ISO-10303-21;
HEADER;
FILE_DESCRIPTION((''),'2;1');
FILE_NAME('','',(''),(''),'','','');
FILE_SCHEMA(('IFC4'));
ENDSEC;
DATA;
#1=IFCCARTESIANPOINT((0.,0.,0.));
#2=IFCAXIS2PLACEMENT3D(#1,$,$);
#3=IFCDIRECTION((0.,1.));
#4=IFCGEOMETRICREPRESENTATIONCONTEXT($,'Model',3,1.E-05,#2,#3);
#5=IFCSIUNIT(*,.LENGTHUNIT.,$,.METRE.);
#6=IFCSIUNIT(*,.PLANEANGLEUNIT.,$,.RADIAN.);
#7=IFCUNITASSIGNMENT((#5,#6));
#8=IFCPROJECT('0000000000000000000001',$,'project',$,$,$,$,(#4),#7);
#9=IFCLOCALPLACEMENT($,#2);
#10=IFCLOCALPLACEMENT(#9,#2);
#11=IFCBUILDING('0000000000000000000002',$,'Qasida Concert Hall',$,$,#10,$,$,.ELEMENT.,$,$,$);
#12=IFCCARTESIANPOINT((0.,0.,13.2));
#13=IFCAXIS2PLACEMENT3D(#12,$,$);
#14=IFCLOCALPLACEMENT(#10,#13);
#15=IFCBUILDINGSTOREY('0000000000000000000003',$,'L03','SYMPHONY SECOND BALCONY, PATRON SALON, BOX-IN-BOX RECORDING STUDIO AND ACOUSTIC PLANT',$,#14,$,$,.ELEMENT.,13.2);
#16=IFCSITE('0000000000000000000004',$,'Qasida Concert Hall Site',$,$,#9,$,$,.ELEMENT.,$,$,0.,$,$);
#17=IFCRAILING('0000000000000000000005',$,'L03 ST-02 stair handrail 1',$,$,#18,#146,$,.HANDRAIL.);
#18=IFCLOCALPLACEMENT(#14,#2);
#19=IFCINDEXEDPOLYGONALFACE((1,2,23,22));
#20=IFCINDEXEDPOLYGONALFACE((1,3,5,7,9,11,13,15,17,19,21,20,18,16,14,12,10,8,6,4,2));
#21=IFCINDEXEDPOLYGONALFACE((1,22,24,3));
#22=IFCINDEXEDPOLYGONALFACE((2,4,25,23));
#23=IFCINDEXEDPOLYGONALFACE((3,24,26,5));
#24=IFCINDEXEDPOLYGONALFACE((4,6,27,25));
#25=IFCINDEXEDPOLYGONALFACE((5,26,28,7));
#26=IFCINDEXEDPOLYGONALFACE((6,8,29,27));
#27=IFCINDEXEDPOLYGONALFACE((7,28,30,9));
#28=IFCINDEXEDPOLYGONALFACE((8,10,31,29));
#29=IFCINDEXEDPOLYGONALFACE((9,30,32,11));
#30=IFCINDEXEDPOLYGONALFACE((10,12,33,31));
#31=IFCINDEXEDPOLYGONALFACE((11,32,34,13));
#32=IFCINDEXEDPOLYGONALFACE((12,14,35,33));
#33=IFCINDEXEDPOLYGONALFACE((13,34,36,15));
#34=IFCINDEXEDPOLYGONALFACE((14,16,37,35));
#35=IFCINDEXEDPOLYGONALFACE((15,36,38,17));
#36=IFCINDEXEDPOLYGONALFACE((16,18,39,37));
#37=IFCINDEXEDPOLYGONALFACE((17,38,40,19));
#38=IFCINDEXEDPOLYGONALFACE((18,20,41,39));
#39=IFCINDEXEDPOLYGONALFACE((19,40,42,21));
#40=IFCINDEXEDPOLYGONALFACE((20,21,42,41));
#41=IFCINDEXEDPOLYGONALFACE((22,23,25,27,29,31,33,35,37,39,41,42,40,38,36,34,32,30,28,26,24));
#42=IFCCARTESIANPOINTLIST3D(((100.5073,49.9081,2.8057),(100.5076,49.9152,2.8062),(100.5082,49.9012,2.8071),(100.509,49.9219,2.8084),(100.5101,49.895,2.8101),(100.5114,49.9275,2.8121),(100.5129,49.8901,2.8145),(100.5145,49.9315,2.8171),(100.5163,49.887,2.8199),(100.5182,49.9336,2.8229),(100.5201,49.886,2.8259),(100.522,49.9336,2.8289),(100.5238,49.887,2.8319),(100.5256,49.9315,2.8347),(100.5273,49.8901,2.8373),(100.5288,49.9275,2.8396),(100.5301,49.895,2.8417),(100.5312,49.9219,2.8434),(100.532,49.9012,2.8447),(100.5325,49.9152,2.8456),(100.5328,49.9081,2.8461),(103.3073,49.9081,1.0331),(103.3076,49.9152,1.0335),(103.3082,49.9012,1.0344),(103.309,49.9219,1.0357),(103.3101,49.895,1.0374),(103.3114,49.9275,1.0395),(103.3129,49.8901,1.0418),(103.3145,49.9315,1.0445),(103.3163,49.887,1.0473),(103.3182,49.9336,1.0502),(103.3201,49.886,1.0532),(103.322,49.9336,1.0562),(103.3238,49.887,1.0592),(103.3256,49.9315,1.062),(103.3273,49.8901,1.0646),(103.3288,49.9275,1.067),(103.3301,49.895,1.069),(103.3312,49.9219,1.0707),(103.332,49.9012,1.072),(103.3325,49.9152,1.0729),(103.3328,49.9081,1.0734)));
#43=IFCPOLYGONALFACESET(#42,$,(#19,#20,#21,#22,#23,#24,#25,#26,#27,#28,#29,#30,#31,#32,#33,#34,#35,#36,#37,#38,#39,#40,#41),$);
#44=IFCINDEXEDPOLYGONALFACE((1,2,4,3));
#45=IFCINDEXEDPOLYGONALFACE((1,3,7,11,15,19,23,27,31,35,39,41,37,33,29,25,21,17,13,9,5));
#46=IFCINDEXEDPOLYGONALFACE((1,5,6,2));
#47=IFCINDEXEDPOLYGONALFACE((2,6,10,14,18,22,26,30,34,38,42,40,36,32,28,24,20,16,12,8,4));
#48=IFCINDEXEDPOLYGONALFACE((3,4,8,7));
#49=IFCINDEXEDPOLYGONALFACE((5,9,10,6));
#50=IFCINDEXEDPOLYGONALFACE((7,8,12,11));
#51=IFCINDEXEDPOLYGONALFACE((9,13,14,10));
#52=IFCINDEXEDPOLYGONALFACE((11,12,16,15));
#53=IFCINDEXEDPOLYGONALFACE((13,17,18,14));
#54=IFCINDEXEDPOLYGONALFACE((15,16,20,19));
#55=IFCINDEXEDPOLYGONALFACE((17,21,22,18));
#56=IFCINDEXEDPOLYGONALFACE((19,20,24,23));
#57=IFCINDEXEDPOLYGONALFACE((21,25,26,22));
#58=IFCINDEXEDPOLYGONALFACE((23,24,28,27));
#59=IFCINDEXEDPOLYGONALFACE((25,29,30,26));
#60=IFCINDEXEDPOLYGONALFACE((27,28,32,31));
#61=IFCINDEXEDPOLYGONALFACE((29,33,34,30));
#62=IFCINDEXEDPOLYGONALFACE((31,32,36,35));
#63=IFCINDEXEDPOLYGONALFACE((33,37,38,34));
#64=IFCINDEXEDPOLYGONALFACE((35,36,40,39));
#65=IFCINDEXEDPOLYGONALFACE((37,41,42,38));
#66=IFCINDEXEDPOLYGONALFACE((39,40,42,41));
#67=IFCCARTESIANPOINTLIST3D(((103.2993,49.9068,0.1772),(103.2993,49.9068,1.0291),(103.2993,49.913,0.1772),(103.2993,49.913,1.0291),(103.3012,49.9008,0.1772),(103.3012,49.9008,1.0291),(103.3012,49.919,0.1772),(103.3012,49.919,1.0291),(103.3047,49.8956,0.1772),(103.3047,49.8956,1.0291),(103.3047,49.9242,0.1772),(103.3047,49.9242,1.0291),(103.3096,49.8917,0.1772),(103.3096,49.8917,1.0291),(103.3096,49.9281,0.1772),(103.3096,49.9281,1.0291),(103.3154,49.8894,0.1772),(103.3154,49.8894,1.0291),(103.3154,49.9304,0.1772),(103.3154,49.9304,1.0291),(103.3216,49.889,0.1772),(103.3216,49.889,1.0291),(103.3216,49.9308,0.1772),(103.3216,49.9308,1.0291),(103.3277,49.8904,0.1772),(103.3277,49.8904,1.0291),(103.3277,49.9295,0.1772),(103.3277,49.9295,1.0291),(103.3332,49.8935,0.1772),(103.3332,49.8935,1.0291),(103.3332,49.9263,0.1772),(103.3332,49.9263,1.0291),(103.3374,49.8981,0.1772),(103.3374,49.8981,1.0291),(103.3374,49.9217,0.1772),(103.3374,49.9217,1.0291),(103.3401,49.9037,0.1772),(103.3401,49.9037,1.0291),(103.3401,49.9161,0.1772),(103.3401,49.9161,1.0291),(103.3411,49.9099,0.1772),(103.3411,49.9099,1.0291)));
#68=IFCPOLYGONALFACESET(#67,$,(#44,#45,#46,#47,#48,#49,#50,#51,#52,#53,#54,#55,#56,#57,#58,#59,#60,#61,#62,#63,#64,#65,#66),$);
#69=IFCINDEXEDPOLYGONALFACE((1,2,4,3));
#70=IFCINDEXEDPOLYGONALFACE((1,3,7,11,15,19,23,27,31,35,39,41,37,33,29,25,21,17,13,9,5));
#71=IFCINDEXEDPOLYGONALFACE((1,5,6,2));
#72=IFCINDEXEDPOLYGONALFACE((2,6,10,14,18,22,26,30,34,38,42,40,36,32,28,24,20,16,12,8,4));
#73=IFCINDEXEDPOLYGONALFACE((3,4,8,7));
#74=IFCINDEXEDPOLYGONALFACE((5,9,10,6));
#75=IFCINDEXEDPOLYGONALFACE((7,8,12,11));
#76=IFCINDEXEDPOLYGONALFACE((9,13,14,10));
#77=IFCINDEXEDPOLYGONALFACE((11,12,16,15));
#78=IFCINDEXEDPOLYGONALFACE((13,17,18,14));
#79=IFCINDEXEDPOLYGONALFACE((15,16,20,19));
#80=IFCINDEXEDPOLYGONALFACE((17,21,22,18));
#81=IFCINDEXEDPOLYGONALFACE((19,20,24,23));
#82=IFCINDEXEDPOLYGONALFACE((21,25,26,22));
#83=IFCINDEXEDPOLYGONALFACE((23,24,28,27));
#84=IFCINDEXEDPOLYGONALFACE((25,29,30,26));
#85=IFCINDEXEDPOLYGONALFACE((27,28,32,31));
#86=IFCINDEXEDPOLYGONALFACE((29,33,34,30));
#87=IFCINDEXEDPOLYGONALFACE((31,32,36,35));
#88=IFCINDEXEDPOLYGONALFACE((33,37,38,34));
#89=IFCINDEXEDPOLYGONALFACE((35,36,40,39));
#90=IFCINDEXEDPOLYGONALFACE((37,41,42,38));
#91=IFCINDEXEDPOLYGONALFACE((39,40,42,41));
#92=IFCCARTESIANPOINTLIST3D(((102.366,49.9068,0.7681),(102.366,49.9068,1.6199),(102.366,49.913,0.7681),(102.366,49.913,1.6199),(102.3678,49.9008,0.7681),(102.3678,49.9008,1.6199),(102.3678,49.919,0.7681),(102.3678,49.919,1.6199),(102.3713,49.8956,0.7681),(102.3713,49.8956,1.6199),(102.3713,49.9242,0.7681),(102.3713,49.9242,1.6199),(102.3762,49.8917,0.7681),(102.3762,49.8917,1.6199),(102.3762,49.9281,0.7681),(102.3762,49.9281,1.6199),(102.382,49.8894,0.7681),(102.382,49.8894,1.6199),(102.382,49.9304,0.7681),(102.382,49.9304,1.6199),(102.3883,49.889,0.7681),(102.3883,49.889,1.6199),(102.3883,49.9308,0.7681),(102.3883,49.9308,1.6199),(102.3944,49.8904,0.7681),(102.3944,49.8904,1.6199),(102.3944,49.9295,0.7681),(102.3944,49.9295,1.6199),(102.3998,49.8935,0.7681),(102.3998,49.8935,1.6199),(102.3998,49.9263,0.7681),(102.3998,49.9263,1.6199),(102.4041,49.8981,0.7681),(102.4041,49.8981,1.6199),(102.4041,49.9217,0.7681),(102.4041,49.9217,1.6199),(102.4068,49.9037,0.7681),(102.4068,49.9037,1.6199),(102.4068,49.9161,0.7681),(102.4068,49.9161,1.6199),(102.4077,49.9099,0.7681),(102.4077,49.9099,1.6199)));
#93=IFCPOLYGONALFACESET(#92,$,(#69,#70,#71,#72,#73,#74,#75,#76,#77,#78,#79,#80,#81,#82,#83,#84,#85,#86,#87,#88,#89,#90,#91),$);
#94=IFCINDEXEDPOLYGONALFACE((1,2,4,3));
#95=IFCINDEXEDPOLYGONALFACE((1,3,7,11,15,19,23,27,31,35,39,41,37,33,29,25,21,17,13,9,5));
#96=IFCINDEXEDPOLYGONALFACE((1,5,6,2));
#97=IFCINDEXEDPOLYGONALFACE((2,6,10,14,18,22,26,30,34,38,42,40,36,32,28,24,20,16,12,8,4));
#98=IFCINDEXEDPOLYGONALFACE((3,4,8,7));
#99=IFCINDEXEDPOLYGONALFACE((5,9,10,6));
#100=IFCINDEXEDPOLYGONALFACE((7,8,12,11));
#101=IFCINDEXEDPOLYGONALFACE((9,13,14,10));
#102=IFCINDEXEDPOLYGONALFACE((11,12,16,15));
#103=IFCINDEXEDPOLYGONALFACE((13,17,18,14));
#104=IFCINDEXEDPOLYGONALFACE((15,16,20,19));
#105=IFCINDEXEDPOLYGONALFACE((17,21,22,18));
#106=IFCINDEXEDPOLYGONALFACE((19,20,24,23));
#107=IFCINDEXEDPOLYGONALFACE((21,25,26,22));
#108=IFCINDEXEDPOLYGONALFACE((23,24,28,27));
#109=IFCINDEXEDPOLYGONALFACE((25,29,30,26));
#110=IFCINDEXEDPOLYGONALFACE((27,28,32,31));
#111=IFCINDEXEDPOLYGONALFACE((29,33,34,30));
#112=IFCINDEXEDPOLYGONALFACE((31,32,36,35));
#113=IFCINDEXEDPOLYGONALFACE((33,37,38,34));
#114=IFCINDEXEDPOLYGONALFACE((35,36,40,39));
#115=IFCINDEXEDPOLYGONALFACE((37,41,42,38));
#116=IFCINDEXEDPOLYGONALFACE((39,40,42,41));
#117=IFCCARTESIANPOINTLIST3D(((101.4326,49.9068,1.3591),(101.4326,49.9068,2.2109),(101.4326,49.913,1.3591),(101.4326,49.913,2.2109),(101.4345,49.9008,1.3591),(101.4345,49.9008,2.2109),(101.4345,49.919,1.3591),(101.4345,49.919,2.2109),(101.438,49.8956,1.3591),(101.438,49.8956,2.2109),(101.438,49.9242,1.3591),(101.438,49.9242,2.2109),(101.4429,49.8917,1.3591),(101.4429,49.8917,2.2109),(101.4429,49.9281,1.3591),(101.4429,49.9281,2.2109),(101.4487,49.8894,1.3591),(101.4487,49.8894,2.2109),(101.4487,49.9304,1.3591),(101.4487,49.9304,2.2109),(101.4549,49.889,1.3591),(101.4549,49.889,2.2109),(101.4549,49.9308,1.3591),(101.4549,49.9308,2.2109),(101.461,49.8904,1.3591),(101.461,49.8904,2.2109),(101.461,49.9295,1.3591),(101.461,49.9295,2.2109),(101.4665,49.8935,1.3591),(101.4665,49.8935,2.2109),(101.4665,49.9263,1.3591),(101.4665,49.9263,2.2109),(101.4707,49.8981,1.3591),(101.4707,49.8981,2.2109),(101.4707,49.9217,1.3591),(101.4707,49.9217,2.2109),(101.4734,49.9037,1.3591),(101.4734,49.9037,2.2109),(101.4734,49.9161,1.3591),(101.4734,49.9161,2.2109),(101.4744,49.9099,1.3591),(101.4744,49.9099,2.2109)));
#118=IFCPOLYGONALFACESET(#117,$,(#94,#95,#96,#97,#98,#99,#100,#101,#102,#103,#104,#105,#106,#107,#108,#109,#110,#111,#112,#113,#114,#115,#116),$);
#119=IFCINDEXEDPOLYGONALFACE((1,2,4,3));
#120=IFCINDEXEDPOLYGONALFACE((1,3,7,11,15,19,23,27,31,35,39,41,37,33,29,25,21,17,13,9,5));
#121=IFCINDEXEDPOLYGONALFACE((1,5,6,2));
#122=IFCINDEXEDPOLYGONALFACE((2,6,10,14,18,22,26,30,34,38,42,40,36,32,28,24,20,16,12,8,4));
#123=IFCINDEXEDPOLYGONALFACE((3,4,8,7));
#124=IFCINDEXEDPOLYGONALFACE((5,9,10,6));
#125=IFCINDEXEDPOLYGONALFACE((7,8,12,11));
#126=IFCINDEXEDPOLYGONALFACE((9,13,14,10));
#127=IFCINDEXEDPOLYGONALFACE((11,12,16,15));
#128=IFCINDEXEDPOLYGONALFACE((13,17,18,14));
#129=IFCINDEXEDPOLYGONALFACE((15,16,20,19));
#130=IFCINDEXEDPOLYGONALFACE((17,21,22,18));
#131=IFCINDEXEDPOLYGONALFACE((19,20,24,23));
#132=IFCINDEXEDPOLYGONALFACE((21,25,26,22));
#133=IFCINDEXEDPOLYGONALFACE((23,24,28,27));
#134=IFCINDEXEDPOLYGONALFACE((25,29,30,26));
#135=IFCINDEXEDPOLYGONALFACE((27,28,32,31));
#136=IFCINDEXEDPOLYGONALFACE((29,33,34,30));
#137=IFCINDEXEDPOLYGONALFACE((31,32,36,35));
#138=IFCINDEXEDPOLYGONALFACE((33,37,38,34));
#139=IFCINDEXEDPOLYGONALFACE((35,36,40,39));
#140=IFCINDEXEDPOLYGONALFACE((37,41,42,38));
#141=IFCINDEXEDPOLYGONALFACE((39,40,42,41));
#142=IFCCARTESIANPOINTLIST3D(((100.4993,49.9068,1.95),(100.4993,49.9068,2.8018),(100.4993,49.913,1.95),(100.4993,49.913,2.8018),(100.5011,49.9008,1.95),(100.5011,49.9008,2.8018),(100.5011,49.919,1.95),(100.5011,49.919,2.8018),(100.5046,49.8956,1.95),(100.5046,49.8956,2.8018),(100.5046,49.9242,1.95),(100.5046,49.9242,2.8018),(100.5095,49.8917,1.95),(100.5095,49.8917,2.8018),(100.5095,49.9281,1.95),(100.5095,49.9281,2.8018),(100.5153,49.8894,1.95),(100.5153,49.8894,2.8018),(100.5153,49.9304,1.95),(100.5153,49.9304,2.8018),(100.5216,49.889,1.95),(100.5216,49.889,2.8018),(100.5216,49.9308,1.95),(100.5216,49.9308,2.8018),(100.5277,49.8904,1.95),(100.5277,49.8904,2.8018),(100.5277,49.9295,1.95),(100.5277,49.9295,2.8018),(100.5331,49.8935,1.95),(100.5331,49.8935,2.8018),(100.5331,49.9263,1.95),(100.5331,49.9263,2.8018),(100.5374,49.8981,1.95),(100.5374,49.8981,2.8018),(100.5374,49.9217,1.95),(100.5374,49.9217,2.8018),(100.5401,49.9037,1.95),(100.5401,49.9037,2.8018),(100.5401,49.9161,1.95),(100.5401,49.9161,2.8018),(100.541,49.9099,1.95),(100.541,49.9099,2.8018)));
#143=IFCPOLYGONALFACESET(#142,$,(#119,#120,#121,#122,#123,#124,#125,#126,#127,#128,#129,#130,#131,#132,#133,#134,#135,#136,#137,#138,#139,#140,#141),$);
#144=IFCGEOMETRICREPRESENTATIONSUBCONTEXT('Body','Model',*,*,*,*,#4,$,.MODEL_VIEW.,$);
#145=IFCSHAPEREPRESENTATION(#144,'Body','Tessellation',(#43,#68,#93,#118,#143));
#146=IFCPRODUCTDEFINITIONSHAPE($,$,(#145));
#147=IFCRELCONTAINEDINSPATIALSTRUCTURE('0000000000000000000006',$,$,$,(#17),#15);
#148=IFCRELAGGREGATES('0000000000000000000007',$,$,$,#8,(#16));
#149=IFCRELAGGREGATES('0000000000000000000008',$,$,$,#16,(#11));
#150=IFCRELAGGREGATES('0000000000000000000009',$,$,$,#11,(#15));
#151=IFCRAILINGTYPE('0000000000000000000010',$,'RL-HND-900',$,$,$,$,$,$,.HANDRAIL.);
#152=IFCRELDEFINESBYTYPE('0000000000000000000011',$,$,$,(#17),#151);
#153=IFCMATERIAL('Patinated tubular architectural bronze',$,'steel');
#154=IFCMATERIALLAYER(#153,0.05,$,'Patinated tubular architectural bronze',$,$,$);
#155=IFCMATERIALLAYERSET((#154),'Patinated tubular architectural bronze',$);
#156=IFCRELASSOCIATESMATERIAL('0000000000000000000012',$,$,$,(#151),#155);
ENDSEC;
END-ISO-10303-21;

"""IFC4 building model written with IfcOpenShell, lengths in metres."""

from ifc_helpers import new_model, si_unit, direction, frame, origin, origin_2d, place, context, subcontext, project, spatial, circle, extrude, material, layer, layer_set, type_object, element, save


model = new_model("IFC4")

# Units and contexts
model_context = context("Model", 3, precision=1e-05, world=origin(), true_north=direction((0.0, 1.0)))
body_context = subcontext(model_context, "Body", "Model", "MODEL_VIEW")
ifc_project = project(units=[si_unit("LENGTHUNIT", "METRE"), si_unit("PLANEANGLEUNIT", "RADIAN")], contexts=[model_context])

# Site, building, storey
site_placement = place(None, origin())
site = spatial("IfcSite", under=ifc_project, at=site_placement, Name="Qasida Concert Hall Site", CompositionType="ELEMENT", RefElevation=0.0)
building_placement = place(site_placement, origin())
building = spatial("IfcBuilding", under=site, at=building_placement, Name="Qasida Concert Hall", CompositionType="ELEMENT")
storey_placement = place(building_placement, frame((0.0, 0.0, 13.2)))
storey = spatial("IfcBuildingStorey", under=building, at=storey_placement, Name="L03", Description="SYMPHONY SECOND BALCONY, PATRON SALON, BOX-IN-BOX RECORDING STUDIO AND ACOUSTIC PLANT", CompositionType="ELEMENT", Elevation=13.2)

# Railing
ifc_material_1 = material(Name="Patinated tubular architectural bronze", Category="steel")
ifc_layer_1 = layer(ifc_material_1, 0.05, Name="Patinated tubular architectural bronze")
ifc_layer_set_1 = layer_set([ifc_layer_1], Name="Patinated tubular architectural bronze")
railing_type_1 = type_object("IfcRailingType", Name="RL-HND-900", PredefinedType="HANDRAIL", material=ifc_layer_set_1)
railing_1_placement = place(storey_placement, frame((103.3201, 49.9099, 0.1772)))
element("IfcRailing", 1, at=railing_1_placement, inside=storey, type_object=railing_type_1, Name="L03 ST-02 stair handrail 1", PredefinedType="HANDRAIL", context=body_context, shape_type="SweptSolid", body=[
    extrude(circle(Radius=0.0239, at=origin_2d()), frame((0.0, 0.0, 0.876), z_axis=(-0.844909, 0.0, 0.53491), x_axis=(0.0, -1.0, 0.0)), (0.0, 0.0, 1.0), 3.314),
    extrude(circle(Radius=0.021, at=origin_2d()), origin(), (0.0, 0.0, 1.0), 0.8518),
    extrude(circle(Radius=0.021, at=origin_2d()), frame((-0.9333, 0.0, 0.5908)), (0.0, 0.0, 1.0), 0.8518),
    extrude(circle(Radius=0.021, at=origin_2d()), frame((-1.8667, 0.0, 1.1819)), (0.0, 0.0, 1.0), 0.8518),
    extrude(circle(Radius=0.021, at=origin_2d()), frame((-2.8, 0.0, 1.7727)), (0.0, 0.0, 1.0), 0.8518),
])

save(model, "model.ifc")
